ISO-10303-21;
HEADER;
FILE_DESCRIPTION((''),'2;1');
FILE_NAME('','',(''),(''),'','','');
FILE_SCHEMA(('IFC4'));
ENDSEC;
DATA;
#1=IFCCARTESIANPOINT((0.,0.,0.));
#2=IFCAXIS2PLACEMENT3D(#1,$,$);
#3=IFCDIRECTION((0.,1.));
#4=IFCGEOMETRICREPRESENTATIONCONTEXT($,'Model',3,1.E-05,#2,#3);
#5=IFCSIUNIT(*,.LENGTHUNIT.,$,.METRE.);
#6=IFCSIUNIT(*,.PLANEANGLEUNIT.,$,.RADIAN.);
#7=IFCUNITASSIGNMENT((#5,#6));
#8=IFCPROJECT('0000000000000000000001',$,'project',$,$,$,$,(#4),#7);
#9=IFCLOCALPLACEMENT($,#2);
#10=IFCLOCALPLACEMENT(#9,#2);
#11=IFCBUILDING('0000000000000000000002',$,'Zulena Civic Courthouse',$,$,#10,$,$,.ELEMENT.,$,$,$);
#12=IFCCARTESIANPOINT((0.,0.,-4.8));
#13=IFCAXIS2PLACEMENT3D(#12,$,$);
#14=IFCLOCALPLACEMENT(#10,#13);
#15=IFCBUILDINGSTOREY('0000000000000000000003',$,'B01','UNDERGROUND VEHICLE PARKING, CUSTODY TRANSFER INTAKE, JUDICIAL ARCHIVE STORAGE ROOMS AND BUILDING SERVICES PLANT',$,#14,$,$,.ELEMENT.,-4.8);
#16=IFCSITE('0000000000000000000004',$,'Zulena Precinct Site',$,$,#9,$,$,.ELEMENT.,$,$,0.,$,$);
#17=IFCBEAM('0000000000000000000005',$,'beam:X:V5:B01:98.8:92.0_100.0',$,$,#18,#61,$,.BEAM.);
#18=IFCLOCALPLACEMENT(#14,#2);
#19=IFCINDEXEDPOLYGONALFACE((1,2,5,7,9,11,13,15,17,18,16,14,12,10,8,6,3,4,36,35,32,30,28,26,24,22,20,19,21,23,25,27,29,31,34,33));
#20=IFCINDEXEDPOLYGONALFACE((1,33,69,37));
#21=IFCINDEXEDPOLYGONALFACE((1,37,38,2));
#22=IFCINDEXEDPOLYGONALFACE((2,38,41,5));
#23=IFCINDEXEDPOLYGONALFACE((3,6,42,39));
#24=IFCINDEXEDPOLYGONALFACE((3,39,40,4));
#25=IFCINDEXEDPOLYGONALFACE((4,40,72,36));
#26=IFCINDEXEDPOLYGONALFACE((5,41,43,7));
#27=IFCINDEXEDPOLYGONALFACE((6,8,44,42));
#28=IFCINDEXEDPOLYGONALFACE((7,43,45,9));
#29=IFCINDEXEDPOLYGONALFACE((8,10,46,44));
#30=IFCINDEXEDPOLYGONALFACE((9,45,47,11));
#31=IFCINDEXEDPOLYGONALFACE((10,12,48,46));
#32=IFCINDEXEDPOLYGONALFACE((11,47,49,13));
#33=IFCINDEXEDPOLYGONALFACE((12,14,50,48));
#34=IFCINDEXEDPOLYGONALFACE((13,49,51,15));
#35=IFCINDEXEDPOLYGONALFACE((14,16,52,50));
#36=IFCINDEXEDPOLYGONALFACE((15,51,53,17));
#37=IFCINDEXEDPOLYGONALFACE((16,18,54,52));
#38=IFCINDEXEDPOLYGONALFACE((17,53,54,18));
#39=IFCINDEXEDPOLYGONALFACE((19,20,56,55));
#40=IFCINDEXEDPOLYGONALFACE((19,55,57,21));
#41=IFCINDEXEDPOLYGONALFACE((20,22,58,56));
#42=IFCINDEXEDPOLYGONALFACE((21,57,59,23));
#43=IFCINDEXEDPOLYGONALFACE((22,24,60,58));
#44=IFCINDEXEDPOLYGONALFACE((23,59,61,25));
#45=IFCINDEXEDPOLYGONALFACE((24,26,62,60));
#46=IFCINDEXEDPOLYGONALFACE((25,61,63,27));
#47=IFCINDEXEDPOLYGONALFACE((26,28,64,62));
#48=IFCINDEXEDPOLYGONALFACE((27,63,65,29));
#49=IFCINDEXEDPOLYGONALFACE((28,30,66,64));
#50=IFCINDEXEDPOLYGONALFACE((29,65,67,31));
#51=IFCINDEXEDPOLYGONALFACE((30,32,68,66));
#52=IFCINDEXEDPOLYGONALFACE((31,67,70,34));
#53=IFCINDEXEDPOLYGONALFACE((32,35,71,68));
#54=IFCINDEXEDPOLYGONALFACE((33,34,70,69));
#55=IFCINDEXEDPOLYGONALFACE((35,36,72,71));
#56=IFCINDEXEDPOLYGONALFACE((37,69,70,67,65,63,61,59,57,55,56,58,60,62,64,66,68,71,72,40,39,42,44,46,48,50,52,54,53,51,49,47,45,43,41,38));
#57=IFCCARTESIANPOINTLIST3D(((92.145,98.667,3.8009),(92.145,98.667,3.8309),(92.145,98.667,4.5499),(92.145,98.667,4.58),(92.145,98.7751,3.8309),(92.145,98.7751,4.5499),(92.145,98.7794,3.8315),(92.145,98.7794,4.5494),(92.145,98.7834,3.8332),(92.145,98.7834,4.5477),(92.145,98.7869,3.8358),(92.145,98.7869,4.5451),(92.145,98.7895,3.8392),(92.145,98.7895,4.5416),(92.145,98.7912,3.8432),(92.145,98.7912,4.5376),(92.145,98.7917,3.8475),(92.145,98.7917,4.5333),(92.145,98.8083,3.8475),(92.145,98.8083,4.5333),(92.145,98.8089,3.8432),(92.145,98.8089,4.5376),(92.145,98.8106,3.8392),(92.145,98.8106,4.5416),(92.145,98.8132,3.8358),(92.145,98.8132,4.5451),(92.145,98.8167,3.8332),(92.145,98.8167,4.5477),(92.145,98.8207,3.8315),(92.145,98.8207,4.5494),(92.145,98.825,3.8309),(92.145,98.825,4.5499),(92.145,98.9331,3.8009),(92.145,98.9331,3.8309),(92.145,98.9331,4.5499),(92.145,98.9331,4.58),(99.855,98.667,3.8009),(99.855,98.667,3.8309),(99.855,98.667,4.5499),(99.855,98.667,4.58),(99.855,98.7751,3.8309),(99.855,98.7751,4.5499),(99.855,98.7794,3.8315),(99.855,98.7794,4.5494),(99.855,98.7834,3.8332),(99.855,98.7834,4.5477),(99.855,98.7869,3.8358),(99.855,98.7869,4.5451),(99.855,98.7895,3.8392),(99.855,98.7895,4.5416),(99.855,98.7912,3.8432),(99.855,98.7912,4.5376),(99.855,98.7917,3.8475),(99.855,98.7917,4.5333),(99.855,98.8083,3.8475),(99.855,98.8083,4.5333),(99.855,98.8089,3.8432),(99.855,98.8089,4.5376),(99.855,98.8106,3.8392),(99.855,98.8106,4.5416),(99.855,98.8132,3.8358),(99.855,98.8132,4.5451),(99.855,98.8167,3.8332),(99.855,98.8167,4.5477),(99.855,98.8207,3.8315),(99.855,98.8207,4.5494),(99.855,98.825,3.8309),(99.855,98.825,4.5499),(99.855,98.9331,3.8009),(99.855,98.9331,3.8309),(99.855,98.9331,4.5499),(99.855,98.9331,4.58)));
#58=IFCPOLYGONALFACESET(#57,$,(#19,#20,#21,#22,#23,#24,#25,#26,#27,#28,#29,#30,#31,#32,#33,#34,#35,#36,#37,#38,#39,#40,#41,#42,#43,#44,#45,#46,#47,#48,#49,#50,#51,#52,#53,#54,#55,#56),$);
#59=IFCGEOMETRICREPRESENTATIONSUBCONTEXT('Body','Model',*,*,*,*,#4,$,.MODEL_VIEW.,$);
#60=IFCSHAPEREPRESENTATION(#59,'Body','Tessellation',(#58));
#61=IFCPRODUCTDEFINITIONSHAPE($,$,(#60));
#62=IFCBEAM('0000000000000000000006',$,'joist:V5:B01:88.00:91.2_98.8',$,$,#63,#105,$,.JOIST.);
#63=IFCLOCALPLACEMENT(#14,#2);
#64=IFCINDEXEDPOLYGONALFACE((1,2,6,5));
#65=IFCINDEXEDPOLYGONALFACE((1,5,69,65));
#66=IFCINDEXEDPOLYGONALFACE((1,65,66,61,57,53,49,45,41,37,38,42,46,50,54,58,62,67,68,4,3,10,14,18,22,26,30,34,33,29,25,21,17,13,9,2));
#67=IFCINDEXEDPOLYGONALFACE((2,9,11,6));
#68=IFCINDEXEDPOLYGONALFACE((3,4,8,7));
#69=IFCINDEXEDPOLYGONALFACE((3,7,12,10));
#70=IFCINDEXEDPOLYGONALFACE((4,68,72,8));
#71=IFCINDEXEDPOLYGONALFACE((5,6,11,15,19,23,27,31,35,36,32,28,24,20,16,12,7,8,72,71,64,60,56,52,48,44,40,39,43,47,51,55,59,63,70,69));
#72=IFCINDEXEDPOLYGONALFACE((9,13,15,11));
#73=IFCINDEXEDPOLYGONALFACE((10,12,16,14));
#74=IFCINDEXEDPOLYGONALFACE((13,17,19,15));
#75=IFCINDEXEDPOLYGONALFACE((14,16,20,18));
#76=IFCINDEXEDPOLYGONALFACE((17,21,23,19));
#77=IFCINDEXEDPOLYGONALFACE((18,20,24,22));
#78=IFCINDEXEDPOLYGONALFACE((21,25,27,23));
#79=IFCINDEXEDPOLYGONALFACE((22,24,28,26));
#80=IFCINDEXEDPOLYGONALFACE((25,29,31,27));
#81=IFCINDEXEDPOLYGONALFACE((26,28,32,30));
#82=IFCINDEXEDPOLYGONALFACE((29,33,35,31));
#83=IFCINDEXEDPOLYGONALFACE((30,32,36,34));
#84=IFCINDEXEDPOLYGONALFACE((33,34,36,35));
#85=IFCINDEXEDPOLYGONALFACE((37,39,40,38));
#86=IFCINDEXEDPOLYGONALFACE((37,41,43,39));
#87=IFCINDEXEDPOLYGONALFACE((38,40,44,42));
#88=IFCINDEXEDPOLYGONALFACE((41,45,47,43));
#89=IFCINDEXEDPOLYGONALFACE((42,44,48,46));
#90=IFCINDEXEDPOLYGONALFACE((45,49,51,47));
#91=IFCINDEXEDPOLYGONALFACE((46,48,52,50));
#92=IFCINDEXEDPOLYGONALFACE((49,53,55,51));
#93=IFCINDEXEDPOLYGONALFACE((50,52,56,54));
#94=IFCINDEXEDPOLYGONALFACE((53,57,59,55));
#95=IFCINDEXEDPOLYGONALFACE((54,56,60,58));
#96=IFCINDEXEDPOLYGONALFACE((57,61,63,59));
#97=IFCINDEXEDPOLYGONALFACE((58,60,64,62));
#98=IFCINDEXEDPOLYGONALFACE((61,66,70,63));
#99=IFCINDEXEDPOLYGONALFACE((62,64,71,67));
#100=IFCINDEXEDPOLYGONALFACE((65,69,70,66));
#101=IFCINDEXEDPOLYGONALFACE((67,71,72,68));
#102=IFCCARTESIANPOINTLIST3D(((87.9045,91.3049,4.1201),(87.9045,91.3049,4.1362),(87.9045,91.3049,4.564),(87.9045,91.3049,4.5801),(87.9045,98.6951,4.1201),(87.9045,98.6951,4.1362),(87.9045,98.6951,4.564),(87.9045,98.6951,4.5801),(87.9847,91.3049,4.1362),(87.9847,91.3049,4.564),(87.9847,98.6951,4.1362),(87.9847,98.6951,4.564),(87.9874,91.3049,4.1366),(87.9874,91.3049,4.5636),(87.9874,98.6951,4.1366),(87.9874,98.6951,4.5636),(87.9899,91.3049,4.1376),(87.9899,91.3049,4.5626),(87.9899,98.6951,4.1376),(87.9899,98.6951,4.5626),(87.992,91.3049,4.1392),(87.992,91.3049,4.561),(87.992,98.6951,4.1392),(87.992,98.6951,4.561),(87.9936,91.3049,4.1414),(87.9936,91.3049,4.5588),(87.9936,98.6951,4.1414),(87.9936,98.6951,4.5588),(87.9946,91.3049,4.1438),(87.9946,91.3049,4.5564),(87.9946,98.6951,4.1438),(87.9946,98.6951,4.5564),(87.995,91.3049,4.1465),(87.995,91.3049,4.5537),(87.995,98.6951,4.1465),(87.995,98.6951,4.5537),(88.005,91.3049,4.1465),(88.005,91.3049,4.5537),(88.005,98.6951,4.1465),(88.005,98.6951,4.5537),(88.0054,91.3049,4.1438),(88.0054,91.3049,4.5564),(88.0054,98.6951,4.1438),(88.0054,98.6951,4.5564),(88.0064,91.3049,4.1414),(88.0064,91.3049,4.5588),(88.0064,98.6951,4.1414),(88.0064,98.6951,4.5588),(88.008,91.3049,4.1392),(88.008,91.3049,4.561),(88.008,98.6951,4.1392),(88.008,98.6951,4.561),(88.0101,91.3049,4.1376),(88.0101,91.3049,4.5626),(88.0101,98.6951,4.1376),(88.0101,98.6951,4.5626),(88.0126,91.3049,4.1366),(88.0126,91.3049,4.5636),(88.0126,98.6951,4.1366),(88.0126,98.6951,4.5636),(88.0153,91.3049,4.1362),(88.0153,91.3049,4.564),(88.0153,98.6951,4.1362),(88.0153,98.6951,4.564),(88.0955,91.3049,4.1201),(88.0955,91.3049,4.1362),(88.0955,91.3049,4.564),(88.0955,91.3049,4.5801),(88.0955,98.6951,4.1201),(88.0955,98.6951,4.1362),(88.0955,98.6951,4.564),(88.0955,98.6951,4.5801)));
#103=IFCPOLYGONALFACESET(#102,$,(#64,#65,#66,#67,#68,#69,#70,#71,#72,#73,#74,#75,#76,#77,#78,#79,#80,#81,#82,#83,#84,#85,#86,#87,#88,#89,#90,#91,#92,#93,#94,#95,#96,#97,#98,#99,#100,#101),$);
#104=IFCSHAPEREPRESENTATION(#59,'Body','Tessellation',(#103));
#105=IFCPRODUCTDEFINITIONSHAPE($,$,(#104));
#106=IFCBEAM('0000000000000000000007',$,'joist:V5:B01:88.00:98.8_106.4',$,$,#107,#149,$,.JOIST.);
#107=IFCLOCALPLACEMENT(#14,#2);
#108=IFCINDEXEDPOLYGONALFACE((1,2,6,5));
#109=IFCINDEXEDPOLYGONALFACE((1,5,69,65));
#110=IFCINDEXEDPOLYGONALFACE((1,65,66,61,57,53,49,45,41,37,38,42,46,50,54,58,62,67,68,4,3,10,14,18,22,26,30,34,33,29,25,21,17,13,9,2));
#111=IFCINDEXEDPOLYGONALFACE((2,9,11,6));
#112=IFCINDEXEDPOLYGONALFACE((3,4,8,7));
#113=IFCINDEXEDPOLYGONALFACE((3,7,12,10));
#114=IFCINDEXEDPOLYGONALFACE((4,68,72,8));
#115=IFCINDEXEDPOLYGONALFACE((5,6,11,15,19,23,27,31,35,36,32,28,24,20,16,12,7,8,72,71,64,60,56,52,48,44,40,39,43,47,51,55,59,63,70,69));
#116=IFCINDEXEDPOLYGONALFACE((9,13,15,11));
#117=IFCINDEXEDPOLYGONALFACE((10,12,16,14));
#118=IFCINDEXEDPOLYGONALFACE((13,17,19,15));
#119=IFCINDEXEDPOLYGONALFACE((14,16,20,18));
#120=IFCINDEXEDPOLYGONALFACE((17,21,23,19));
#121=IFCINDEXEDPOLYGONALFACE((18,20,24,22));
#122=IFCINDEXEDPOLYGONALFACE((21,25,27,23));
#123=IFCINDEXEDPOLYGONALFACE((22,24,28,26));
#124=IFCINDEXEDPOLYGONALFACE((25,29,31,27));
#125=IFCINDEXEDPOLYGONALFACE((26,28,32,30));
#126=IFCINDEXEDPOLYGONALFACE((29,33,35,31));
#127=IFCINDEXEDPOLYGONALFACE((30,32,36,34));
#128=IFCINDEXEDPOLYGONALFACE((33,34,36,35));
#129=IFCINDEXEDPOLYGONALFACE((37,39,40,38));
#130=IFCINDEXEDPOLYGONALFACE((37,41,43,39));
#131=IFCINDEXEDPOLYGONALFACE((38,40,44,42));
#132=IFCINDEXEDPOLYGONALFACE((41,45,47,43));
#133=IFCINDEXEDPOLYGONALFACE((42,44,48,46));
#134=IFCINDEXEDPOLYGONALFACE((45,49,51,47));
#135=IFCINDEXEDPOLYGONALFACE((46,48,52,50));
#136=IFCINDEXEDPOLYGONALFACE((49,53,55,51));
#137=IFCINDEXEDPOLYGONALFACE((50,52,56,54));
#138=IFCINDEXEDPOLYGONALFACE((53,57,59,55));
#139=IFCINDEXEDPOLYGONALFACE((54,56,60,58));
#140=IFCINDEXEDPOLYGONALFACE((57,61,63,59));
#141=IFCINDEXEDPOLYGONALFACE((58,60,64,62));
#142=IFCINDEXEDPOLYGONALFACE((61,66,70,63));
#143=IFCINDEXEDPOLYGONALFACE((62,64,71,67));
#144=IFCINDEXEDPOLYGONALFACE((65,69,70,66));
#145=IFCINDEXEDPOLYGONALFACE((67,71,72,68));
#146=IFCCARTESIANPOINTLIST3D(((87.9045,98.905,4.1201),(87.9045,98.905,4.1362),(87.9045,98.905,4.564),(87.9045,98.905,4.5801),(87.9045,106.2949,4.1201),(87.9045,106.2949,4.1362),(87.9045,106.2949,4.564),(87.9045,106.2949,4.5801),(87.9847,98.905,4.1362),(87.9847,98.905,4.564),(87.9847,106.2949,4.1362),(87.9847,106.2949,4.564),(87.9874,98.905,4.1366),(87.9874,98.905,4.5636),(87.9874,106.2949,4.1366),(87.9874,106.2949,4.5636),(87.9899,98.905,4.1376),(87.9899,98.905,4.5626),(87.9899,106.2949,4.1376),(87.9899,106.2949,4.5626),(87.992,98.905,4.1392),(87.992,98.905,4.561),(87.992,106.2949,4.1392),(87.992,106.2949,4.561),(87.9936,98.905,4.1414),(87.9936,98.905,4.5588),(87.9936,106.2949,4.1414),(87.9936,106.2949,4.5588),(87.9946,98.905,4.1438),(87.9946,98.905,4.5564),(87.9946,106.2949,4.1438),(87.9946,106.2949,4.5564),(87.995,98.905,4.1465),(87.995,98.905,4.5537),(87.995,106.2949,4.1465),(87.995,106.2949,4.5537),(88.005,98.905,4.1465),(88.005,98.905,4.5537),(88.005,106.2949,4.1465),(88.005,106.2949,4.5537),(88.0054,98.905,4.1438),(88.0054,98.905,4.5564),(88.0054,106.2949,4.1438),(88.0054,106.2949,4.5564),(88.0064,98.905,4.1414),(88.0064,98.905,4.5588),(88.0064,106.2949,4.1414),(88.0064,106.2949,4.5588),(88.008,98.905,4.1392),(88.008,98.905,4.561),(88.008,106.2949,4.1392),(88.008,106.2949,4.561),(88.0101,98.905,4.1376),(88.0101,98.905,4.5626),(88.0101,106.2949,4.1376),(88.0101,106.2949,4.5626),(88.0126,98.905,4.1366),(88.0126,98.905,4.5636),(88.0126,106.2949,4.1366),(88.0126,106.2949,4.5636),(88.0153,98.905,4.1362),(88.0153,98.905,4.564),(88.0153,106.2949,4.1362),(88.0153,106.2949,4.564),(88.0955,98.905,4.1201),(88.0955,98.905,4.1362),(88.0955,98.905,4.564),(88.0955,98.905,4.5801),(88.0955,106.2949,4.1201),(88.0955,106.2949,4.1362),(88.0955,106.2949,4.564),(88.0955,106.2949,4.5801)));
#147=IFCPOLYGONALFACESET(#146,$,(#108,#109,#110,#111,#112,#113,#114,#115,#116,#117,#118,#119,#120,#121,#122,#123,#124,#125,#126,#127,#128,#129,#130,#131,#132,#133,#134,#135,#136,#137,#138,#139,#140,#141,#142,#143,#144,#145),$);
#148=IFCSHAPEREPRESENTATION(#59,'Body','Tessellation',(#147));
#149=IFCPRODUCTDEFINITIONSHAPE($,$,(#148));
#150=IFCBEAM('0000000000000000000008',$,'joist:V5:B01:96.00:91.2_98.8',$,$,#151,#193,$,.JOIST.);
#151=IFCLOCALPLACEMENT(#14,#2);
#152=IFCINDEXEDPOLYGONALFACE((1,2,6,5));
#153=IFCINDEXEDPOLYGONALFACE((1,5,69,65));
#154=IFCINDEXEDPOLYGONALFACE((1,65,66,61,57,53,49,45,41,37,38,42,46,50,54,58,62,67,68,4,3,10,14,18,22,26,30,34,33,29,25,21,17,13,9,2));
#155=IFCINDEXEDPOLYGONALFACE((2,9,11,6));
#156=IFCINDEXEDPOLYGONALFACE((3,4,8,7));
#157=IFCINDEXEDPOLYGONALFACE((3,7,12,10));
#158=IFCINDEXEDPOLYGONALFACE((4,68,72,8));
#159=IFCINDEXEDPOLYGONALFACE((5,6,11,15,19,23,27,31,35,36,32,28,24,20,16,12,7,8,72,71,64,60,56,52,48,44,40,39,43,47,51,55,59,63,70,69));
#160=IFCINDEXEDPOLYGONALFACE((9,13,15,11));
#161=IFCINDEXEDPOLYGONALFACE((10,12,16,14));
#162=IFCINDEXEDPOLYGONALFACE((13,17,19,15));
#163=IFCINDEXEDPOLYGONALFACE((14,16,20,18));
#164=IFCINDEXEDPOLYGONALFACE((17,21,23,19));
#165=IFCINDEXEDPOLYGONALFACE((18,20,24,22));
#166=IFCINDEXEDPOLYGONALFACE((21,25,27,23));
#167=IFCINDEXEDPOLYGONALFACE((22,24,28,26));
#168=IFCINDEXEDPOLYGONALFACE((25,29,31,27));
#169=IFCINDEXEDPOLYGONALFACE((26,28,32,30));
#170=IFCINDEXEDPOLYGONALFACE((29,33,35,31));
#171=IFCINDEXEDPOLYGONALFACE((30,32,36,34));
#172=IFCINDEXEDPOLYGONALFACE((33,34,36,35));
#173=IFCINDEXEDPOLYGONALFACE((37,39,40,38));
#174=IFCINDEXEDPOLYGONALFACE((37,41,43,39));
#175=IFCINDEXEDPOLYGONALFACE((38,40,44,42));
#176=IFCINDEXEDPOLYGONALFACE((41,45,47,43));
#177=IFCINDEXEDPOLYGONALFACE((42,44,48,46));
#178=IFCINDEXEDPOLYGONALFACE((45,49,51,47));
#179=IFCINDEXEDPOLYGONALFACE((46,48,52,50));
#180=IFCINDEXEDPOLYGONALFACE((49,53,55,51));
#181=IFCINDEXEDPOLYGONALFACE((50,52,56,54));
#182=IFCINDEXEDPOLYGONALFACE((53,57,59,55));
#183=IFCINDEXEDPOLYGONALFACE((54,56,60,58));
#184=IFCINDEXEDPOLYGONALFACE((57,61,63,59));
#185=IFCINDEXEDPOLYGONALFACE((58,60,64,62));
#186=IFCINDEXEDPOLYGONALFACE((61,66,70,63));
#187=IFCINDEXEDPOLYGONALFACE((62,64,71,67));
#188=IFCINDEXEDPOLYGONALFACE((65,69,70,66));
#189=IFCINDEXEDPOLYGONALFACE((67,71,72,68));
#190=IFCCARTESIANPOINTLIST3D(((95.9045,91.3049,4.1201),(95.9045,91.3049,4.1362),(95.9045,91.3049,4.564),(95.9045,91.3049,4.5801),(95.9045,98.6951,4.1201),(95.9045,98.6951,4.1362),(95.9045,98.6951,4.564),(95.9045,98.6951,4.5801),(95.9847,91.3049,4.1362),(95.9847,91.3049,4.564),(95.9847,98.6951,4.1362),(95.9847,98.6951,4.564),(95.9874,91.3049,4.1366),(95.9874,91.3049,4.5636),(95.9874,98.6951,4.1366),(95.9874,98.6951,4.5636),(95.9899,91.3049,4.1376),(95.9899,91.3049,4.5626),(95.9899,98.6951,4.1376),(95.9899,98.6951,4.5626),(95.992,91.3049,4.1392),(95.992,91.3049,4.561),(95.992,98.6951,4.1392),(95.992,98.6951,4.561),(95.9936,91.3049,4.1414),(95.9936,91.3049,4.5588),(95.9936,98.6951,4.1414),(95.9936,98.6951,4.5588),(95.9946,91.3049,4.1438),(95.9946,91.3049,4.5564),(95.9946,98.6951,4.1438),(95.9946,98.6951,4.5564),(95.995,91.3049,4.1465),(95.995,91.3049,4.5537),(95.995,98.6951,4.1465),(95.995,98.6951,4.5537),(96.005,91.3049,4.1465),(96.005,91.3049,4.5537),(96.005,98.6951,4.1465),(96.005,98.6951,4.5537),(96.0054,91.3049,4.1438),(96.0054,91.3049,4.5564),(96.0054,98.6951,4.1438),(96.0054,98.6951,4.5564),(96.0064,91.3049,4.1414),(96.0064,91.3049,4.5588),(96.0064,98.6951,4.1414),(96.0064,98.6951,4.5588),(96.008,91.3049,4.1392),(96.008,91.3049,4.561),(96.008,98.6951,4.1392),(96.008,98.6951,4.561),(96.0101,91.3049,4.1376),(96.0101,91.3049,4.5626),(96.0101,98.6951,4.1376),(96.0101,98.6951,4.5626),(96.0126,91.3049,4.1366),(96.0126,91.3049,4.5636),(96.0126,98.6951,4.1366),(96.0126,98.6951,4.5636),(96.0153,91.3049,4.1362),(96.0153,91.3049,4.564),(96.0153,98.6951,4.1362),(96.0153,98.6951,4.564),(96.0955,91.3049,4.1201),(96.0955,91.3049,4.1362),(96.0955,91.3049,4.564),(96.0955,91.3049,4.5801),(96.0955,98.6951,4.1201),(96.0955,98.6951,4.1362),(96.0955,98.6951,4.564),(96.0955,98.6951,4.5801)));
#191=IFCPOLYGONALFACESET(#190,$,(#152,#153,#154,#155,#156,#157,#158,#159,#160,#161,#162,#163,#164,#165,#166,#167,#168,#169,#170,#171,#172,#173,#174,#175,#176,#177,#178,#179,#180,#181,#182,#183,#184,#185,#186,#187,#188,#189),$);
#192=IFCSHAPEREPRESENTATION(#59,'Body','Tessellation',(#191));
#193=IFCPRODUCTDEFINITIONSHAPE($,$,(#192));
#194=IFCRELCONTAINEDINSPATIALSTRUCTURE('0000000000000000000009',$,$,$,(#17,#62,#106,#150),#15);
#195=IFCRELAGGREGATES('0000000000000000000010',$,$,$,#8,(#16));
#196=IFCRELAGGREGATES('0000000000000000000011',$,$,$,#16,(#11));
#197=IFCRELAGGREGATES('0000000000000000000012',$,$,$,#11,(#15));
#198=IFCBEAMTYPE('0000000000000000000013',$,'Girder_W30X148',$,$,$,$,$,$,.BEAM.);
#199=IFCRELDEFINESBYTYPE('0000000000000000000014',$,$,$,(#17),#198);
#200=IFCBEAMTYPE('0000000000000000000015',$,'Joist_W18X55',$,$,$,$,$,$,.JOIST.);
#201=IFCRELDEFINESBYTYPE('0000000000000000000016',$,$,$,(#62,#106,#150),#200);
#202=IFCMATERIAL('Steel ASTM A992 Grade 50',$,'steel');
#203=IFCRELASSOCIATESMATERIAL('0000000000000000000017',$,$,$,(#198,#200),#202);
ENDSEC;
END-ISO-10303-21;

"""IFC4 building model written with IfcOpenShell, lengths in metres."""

from ifc_helpers import new_model, si_unit, direction, frame, origin, origin_2d, place, context, subcontext, project, spatial, i_section, extrude, material, material_profile, profile_set, type_object, element, save


model = new_model("IFC4")

# Units and contexts
model_context = context("Model", 3, precision=1e-05, world=origin(), true_north=direction((0.0, 1.0)))
body_context = subcontext(model_context, "Body", "Model", "MODEL_VIEW")
ifc_project = project(units=[si_unit("LENGTHUNIT", "METRE"), si_unit("PLANEANGLEUNIT", "RADIAN")], contexts=[model_context])

# Site, building, storey
site_placement = place(None, origin())
site = spatial("IfcSite", under=ifc_project, at=site_placement, Name="Zulena Precinct Site", CompositionType="ELEMENT", RefElevation=0.0)
building_placement = place(site_placement, origin())
building = spatial("IfcBuilding", under=site, at=building_placement, Name="Zulena Civic Courthouse", CompositionType="ELEMENT")
storey_placement = place(building_placement, frame((0.0, 0.0, -4.8)))
storey = spatial("IfcBuildingStorey", under=building, at=storey_placement, Name="B01", Description="UNDERGROUND VEHICLE PARKING, CUSTODY TRANSFER INTAKE, JUDICIAL ARCHIVE STORAGE ROOMS AND BUILDING SERVICES PLANT", CompositionType="ELEMENT", Elevation=-4.8)

# Shared definitions
ifc_material_1 = material(Name="Steel ASTM A992 Grade 50", Category="steel")

# Beams
ifc_material_profile_1 = material_profile(ifc_material_1, i_section(OverallWidth=0.2661, OverallDepth=0.7791, WebThickness=0.0166, FlangeThickness=0.03, FilletRadius=0.0166, at=origin_2d()), Name="W30X148")
ifc_profile_set_1 = profile_set([ifc_material_profile_1], Name="Steel ASTM A992 Grade 50")
beam_type_1 = type_object("IfcBeamType", Name="Girder_W30X148", PredefinedType="BEAM", material=ifc_profile_set_1)
for number, where, z_axis, x_axis, name in (
    (1, (92.145, 98.8, 4.1904), (1.0, 0.0, 0.0), (0.0, 1.0, 0.0), "beam:X:V5:B01:98.8:92.0_100.0"),
):
    element("IfcBeam", number, at=place(storey_placement, frame(where, z_axis=z_axis, x_axis=x_axis)), inside=storey, type_object=beam_type_1, Name=name, PredefinedType="BEAM", context=body_context, shape_type="SweptSolid", body=[
        extrude(i_section(OverallWidth=0.2661, OverallDepth=0.7791, WebThickness=0.0166, FlangeThickness=0.03, FilletRadius=0.0166, at=origin_2d()), origin(), (0.0, 0.0, 1.0), 7.71),
    ])
ifc_material_profile_2 = material_profile(ifc_material_1, i_section(OverallWidth=0.1909, OverallDepth=0.46, WebThickness=0.01, FlangeThickness=0.0161, FilletRadius=0.0103, at=origin_2d()), Name="W18X55")
ifc_profile_set_2 = profile_set([ifc_material_profile_2], Name="Steel ASTM A992 Grade 50")
beam_type_2 = type_object("IfcBeamType", Name="Joist_W18X55", PredefinedType="JOIST", material=ifc_profile_set_2)
beam_1_placement = place(storey_placement, frame((88.0, 91.3049, 4.3501), z_axis=(0.0, 1.0, 0.0), x_axis=(-1.0, 0.0, 0.0)))
element("IfcBeam", 2, at=beam_1_placement, inside=storey, type_object=beam_type_2, Name="joist:V5:B01:88.00:91.2_98.8", PredefinedType="JOIST", context=body_context, shape_type="SweptSolid", body=[
    extrude(i_section(OverallWidth=0.1909, OverallDepth=0.46, WebThickness=0.01, FlangeThickness=0.0161, FilletRadius=0.0103, at=origin_2d()), origin(), (0.0, 0.0, 1.0), 7.3901),
])
beam_2_placement = place(storey_placement, frame((88.0, 98.905, 4.3501), z_axis=(0.0, 1.0, 0.0), x_axis=(-1.0, 0.0, 0.0)))
element("IfcBeam", 3, at=beam_2_placement, inside=storey, type_object=beam_type_2, Name="joist:V5:B01:88.00:98.8_106.4", PredefinedType="JOIST", context=body_context, shape_type="SweptSolid", body=[
    extrude(i_section(OverallWidth=0.1909, OverallDepth=0.46, WebThickness=0.01, FlangeThickness=0.0161, FilletRadius=0.0103, at=origin_2d()), origin(), (0.0, 0.0, 1.0), 7.3899),
])
beam_3_placement = place(storey_placement, frame((96.0, 91.3049, 4.3501), z_axis=(0.0, 1.0, 0.0), x_axis=(-1.0, 0.0, 0.0)))
element("IfcBeam", 4, at=beam_3_placement, inside=storey, type_object=beam_type_2, Name="joist:V5:B01:96.00:91.2_98.8", PredefinedType="JOIST", context=body_context, shape_type="SweptSolid", body=[
    extrude(i_section(OverallWidth=0.1909, OverallDepth=0.46, WebThickness=0.01, FlangeThickness=0.0161, FilletRadius=0.0103, at=origin_2d()), origin(), (0.0, 0.0, 1.0), 7.3901),
])

save(model, "model.ifc")
